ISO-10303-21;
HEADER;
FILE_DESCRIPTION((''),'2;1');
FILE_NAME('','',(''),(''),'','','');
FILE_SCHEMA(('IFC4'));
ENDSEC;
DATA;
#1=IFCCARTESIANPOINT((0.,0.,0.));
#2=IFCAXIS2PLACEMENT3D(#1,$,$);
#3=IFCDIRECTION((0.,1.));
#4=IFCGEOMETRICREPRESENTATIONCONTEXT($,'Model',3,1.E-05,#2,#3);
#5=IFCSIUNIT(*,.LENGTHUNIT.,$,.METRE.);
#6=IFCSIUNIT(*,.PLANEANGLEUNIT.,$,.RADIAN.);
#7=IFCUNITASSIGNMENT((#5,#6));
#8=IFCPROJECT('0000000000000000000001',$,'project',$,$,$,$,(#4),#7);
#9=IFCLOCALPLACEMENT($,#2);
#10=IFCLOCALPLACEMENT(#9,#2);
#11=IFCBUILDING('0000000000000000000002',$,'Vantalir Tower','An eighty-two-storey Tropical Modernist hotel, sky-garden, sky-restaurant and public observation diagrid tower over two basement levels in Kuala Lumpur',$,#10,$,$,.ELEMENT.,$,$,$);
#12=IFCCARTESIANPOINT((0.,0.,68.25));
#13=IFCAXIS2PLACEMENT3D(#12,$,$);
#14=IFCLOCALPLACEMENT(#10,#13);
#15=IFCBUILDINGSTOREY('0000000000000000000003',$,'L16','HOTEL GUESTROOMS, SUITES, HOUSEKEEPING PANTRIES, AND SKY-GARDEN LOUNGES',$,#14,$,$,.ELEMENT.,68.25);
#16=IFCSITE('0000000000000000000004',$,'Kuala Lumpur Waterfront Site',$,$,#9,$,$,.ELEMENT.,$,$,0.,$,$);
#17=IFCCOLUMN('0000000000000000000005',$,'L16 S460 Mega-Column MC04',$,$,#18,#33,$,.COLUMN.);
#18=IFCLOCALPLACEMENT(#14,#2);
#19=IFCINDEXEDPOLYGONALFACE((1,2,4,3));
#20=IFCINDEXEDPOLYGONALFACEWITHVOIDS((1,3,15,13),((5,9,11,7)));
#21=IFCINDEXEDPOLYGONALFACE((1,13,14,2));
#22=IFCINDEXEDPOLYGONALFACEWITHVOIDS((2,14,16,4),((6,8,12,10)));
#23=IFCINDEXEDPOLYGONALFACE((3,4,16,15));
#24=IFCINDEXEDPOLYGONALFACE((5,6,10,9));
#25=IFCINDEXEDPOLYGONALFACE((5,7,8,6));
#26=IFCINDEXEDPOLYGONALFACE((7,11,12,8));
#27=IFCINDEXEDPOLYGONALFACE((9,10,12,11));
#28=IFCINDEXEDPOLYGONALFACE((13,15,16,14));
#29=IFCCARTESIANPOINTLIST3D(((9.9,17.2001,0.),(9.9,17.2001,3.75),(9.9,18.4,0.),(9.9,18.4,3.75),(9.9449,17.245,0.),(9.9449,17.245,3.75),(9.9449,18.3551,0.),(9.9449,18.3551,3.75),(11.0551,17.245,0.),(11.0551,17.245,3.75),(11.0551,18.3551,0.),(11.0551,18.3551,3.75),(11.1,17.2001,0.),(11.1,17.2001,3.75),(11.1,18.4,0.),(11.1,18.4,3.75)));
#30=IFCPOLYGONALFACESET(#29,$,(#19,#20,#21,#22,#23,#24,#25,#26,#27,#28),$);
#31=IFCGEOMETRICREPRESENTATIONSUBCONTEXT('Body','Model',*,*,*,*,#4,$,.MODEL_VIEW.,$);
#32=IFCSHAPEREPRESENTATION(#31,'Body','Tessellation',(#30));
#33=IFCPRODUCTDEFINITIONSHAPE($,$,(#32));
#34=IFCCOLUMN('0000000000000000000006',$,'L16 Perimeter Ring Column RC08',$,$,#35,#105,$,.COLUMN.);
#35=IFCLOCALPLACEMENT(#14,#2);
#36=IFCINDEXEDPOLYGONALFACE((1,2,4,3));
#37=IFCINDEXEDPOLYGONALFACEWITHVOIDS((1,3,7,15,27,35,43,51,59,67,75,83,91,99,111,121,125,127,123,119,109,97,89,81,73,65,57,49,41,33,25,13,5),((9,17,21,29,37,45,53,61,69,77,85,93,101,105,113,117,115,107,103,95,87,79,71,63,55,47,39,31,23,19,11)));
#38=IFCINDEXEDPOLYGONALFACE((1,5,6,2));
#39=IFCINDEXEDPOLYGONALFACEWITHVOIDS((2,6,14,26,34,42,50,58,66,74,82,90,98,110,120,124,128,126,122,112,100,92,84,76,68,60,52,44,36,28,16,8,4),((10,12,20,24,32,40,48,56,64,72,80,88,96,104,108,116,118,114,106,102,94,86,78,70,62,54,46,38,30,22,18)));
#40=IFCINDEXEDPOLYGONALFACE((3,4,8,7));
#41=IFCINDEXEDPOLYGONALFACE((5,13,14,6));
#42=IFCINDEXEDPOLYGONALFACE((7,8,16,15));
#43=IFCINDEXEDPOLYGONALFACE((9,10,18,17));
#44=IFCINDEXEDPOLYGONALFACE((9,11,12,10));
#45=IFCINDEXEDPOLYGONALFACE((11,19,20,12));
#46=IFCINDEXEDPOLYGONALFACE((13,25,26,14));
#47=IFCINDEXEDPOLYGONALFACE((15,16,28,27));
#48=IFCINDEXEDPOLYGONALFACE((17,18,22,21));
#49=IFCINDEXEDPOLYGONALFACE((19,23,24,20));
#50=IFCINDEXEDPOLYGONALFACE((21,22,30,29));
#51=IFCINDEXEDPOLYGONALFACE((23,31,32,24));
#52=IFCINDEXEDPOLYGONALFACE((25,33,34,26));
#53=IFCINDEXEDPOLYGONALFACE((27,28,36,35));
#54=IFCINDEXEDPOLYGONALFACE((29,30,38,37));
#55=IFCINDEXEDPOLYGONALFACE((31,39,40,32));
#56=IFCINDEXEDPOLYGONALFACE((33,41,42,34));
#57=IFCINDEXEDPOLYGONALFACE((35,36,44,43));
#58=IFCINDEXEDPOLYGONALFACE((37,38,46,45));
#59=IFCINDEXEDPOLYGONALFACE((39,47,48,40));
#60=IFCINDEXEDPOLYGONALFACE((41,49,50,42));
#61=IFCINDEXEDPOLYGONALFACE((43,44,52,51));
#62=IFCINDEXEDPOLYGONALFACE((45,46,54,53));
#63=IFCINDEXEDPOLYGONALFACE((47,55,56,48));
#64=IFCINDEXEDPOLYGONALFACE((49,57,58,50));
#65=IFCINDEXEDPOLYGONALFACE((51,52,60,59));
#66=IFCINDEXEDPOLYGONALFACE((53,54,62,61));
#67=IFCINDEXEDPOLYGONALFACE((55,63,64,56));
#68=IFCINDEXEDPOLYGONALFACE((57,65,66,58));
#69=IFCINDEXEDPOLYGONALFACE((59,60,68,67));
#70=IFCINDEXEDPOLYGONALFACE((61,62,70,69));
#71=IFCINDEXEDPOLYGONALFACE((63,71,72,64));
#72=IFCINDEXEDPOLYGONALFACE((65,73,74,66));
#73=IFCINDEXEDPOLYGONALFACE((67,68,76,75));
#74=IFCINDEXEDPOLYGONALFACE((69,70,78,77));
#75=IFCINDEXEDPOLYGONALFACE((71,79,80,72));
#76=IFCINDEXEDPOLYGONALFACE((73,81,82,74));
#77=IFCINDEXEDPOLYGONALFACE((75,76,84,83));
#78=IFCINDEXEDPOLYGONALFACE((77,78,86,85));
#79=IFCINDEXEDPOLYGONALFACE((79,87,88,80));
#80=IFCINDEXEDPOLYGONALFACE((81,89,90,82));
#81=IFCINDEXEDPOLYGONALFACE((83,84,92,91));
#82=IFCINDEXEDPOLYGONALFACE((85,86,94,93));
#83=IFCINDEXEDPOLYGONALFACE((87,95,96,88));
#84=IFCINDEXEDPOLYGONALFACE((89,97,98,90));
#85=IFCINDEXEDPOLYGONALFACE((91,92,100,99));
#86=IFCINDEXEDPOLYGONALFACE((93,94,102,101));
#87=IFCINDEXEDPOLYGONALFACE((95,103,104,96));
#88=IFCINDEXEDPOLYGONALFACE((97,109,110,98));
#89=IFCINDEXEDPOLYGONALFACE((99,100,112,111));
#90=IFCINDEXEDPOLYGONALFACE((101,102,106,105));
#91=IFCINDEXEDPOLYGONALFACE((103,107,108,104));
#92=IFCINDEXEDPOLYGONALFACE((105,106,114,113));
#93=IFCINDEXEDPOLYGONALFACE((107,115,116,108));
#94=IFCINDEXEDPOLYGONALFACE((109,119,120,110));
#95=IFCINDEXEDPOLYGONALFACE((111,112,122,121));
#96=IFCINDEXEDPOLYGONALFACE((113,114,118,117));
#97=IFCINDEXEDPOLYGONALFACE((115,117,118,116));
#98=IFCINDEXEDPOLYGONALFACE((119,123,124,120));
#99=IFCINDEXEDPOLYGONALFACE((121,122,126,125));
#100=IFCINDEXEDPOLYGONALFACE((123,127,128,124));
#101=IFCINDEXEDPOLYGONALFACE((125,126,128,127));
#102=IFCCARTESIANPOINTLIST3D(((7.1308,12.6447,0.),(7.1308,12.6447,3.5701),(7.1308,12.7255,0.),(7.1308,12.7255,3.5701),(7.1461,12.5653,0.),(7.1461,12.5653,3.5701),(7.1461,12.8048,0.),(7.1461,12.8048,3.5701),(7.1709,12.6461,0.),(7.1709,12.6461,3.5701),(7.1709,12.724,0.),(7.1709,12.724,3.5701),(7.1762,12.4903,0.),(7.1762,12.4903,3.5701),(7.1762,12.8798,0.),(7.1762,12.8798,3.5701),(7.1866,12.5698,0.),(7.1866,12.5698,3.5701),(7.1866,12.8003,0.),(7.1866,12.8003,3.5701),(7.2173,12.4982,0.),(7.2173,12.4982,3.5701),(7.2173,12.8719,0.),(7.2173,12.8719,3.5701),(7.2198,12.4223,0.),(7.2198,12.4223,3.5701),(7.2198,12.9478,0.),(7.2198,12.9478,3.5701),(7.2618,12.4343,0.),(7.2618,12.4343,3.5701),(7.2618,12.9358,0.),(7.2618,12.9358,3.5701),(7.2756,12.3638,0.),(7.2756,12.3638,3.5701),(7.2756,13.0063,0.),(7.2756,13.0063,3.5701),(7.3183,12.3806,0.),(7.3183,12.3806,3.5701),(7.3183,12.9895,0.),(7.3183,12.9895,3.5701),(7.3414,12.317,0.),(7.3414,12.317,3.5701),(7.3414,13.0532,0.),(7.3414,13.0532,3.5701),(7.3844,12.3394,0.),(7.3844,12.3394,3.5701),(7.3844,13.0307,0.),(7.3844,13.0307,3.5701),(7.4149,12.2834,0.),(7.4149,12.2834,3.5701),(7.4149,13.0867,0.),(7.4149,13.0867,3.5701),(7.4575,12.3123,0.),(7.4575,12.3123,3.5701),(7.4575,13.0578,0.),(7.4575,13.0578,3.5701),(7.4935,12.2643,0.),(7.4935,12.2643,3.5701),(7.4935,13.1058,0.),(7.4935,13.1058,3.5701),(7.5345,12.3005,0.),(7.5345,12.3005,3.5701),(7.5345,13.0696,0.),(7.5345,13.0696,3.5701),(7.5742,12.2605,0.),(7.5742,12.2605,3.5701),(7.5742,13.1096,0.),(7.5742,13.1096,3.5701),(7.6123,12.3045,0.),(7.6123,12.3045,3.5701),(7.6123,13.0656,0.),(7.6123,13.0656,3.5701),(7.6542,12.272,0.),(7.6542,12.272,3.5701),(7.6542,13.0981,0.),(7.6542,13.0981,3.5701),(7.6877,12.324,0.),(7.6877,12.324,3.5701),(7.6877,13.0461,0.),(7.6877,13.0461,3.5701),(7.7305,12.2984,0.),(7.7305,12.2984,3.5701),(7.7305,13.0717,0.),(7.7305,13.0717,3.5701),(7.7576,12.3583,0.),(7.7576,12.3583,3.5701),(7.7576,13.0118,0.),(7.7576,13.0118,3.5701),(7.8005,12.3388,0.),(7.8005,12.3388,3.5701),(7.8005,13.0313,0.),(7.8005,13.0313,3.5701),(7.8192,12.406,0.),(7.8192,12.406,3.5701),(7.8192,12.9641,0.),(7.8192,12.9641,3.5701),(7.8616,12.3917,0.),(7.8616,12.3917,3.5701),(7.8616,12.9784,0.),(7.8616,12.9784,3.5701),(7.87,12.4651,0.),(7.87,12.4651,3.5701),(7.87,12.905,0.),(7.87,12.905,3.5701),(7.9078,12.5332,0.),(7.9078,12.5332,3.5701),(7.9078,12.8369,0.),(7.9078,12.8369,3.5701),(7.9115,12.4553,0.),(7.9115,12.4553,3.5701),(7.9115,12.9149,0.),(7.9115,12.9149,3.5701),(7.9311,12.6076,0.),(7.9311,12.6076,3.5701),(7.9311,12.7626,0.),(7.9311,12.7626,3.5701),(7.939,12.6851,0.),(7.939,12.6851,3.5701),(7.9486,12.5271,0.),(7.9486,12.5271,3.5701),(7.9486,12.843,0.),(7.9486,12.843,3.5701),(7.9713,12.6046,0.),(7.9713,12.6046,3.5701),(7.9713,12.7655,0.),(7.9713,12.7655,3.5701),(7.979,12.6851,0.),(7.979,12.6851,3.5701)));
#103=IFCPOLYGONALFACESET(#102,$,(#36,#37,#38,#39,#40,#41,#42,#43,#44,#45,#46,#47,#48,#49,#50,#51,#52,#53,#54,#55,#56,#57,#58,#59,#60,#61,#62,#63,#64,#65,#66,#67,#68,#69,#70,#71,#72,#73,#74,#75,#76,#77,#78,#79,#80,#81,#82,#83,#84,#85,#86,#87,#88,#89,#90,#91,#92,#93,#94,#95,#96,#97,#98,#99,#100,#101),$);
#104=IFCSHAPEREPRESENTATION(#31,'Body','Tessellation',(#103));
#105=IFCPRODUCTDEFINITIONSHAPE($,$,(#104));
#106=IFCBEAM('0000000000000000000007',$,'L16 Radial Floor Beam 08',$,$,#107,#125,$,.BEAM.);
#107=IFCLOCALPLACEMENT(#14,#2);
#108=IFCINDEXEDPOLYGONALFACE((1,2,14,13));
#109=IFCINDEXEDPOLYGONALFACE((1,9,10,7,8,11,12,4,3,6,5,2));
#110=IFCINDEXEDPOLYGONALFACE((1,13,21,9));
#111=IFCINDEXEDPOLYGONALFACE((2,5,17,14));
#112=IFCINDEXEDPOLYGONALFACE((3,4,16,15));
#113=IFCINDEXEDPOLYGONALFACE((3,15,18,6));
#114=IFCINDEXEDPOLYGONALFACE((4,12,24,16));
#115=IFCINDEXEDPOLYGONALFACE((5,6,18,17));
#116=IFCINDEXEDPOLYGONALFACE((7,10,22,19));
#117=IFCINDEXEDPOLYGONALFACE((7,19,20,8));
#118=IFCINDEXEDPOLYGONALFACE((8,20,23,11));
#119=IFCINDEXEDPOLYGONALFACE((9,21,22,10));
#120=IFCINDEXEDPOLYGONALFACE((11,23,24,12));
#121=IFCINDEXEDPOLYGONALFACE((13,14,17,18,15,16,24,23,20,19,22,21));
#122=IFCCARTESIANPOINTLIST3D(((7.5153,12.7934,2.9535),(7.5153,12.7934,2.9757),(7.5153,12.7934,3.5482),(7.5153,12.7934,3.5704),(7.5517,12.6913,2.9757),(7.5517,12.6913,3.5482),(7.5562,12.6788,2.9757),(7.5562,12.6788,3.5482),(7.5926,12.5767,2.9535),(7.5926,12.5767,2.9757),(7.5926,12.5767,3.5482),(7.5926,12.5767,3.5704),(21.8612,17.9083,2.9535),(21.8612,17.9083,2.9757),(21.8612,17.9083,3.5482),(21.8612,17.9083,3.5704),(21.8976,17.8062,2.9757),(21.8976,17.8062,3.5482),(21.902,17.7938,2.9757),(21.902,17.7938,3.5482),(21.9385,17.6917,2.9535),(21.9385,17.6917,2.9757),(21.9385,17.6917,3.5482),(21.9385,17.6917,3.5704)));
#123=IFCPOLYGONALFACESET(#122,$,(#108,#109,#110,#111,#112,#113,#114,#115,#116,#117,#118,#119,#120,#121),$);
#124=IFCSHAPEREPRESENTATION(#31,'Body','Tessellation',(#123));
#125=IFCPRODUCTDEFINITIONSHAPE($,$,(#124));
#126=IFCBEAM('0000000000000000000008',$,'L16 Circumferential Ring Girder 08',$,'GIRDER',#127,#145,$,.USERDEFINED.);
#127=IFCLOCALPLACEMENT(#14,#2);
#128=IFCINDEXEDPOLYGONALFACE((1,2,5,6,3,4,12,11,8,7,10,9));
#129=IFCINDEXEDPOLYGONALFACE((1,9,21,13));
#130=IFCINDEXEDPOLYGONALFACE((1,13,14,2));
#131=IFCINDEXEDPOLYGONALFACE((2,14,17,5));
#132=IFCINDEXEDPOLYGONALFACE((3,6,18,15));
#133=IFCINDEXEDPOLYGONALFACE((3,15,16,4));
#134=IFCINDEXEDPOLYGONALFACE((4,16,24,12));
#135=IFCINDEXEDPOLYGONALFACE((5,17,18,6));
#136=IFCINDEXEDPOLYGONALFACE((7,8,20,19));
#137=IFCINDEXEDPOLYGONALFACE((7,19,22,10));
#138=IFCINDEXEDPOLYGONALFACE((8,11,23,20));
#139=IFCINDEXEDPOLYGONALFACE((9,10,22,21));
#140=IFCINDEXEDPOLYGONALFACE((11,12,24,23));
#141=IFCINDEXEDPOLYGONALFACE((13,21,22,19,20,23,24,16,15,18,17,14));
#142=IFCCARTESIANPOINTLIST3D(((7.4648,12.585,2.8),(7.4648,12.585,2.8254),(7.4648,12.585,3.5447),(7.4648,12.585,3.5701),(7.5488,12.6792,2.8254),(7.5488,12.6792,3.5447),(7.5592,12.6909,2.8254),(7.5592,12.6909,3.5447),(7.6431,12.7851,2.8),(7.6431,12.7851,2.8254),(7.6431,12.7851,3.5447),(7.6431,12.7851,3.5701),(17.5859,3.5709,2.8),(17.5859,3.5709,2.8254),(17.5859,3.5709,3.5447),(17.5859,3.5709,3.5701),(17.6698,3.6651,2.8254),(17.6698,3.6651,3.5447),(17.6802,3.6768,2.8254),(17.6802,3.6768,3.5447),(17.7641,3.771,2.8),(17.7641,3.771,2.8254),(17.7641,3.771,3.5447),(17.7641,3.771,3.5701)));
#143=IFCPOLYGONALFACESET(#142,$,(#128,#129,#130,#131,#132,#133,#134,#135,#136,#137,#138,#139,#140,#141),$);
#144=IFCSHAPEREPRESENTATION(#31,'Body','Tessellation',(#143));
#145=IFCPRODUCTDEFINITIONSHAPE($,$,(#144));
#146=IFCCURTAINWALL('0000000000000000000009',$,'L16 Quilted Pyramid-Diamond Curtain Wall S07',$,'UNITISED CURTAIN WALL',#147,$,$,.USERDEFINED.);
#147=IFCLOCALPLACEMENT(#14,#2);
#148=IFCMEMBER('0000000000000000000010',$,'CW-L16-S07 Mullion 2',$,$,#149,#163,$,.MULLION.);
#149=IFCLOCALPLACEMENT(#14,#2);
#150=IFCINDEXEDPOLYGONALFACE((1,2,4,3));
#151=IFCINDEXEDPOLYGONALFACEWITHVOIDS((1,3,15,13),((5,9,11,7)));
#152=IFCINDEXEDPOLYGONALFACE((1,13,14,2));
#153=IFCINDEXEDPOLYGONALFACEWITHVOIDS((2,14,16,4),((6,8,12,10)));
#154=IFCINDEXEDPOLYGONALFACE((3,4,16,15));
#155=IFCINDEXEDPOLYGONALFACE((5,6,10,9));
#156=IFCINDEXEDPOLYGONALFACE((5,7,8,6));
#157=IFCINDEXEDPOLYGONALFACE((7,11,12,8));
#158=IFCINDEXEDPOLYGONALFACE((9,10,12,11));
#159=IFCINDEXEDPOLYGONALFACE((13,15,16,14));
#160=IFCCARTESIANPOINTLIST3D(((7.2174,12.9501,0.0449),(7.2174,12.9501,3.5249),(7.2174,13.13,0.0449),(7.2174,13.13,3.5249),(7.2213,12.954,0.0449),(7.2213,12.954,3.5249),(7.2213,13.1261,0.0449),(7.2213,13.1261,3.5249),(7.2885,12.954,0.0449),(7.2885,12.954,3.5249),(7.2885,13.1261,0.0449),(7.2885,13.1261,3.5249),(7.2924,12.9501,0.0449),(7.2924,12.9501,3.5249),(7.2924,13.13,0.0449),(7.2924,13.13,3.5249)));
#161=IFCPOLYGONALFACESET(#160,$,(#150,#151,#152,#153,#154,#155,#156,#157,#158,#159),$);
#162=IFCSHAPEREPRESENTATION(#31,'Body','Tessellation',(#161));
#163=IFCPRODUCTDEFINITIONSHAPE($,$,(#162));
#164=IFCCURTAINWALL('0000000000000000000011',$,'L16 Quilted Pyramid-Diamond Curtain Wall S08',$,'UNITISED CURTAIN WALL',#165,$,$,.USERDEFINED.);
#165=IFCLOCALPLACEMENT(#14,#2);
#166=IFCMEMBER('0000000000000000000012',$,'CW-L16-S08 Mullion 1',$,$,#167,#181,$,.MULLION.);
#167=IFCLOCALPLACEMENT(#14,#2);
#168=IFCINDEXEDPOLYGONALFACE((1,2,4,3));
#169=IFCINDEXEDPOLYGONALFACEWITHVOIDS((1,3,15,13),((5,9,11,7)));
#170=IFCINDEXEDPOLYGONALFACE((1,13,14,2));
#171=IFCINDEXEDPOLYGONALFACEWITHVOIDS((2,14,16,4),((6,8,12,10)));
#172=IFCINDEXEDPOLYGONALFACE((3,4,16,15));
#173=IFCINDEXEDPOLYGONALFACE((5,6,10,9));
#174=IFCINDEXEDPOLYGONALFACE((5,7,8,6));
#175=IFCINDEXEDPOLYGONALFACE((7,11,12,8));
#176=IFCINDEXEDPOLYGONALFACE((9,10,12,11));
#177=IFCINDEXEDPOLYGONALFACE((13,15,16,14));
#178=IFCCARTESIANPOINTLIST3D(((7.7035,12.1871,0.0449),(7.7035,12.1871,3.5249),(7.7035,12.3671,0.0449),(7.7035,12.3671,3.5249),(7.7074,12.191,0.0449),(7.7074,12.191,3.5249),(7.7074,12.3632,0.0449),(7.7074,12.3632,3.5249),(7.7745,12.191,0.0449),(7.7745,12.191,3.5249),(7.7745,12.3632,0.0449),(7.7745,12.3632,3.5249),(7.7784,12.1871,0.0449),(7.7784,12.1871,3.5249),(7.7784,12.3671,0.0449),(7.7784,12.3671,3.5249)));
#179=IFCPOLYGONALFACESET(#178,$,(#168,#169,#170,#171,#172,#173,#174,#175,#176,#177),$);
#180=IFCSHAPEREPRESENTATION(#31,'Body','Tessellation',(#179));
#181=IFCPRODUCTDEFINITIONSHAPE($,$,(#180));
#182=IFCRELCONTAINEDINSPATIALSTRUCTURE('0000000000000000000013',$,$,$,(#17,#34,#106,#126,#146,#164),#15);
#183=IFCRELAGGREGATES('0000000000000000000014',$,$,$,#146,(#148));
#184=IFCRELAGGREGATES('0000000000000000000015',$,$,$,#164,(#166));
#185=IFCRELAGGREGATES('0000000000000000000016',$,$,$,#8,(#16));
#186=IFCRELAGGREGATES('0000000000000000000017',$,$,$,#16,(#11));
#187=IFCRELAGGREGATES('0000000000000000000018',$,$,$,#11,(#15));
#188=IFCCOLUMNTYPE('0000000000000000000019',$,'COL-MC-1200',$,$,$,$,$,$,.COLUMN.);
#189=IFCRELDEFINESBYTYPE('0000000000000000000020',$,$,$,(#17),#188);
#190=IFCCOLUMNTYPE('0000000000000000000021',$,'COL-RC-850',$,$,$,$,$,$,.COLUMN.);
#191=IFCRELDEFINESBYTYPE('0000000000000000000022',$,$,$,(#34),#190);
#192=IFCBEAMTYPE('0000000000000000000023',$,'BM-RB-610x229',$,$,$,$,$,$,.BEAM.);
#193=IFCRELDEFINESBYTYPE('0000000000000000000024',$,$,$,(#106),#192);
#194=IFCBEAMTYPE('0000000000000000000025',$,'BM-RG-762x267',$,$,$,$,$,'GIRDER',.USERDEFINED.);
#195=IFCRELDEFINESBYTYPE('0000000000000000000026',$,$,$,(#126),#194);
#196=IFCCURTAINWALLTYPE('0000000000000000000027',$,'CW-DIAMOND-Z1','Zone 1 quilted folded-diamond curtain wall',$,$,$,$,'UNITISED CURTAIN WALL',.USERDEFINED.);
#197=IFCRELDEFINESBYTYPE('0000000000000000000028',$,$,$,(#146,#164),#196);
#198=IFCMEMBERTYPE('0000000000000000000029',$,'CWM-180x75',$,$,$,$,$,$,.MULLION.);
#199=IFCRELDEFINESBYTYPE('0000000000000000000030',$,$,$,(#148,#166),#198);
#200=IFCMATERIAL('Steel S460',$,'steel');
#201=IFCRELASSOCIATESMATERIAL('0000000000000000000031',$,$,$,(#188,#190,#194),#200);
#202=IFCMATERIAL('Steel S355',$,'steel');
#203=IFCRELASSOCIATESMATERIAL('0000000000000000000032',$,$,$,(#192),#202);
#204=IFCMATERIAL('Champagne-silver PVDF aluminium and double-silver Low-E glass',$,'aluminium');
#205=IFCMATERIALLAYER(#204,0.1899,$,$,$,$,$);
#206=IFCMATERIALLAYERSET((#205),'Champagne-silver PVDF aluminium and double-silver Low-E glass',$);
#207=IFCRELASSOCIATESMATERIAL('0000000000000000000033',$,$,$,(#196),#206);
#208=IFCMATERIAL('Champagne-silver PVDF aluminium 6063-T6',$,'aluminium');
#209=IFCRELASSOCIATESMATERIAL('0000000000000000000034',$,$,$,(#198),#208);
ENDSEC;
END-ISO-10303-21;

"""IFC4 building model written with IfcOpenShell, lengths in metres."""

from ifc_helpers import new_model, si_unit, direction, frame, origin, origin_2d, place, context, subcontext, project, spatial, hollow_rectangle, hollow_circle, i_section, extrude, material, layer, layer_set, material_profile, profile_set, type_object, element, aggregate, save


model = new_model("IFC4")

# Units and contexts
model_context = context("Model", 3, precision=1e-05, world=origin(), true_north=direction((0.0, 1.0)))
body_context = subcontext(model_context, "Body", "Model", "MODEL_VIEW")
ifc_project = project(units=[si_unit("LENGTHUNIT", "METRE"), si_unit("PLANEANGLEUNIT", "RADIAN")], contexts=[model_context])

# Site, building, storey
site_placement = place(None, origin())
site = spatial("IfcSite", under=ifc_project, at=site_placement, Name="Kuala Lumpur Waterfront Site", CompositionType="ELEMENT", RefElevation=0.0)
building_placement = place(site_placement, origin())
building = spatial("IfcBuilding", under=site, at=building_placement, Name="Vantalir Tower", Description="An eighty-two-storey Tropical Modernist hotel, sky-garden, sky-restaurant and public observation diagrid tower over two basement levels in Kuala Lumpur", CompositionType="ELEMENT")
storey_placement = place(building_placement, frame((0.0, 0.0, 68.25)))
storey = spatial("IfcBuildingStorey", under=building, at=storey_placement, Name="L16", Description="HOTEL GUESTROOMS, SUITES, HOUSEKEEPING PANTRIES, AND SKY-GARDEN LOUNGES", CompositionType="ELEMENT", Elevation=68.25)

# Columns
ifc_material_1 = material(Name="Steel S460", Category="steel")
ifc_material_profile_1 = material_profile(ifc_material_1, hollow_rectangle(XDim=1.2, YDim=1.2, WallThickness=0.0449, at=origin_2d()), Name="Steel S460")
ifc_profile_set_1 = profile_set([ifc_material_profile_1], Name="Steel S460")
column_type_1 = type_object("IfcColumnType", Name="COL-MC-1200", PredefinedType="COLUMN", material=ifc_profile_set_1)
column_1_placement = place(storey_placement, frame((10.5, 17.8, 0.0), z_axis=(0.0, 0.0, 1.0), x_axis=(1.0, 0.0, 0.0)))
element("IfcColumn", 1, at=column_1_placement, inside=storey, type_object=column_type_1, Name="L16 S460 Mega-Column MC04", PredefinedType="COLUMN", context=body_context, shape_type="SweptSolid", body=[
    extrude(hollow_rectangle(XDim=1.2, YDim=1.2, WallThickness=0.0449, at=origin_2d()), origin(), (0.0, 0.0, 1.0), 3.75),
])
ifc_material_profile_2 = material_profile(ifc_material_1, hollow_circle(Radius=0.425, WallThickness=0.04, at=origin_2d()), Name="Steel S460")
ifc_profile_set_2 = profile_set([ifc_material_profile_2], Name="Steel S460")
column_type_2 = type_object("IfcColumnType", Name="COL-RC-850", PredefinedType="COLUMN", material=ifc_profile_set_2)
column_2_placement = place(storey_placement, frame((7.554, 12.6851, 0.0), z_axis=(0.0, 0.0, 1.0), x_axis=(1.0, 0.0, 0.0)))
element("IfcColumn", 2, at=column_2_placement, inside=storey, type_object=column_type_2, Name="L16 Perimeter Ring Column RC08", PredefinedType="COLUMN", context=body_context, shape_type="SweptSolid", body=[
    extrude(hollow_circle(Radius=0.425, WallThickness=0.04, at=origin_2d()), origin(), (0.0, 0.0, 1.0), 3.5701),
])

# Beams
ifc_material_2 = material(Name="Steel S355", Category="steel")
ifc_material_profile_3 = material_profile(ifc_material_2, i_section(OverallWidth=0.23, OverallDepth=0.6169, WebThickness=0.0132, FlangeThickness=0.0222, at=origin_2d()), Name="Steel S355")
ifc_profile_set_3 = profile_set([ifc_material_profile_3], Name="Steel S355")
beam_type_1 = type_object("IfcBeamType", Name="BM-RB-610x229", PredefinedType="BEAM", material=ifc_profile_set_3)
beam_1_placement = place(storey_placement, frame((7.554, 12.6851, 3.262), z_axis=(0.94192, 0.335838, 0.0), x_axis=(-0.335838, 0.94192, 0.0)))
element("IfcBeam", 3, at=beam_1_placement, inside=storey, type_object=beam_type_1, Name="L16 Radial Floor Beam 08", PredefinedType="BEAM", context=body_context, shape_type="SweptSolid", body=[
    extrude(i_section(OverallWidth=0.23, OverallDepth=0.6169, WebThickness=0.0132, FlangeThickness=0.0222, at=origin_2d()), origin(), (0.0, 0.0, 1.0), 15.2305),
])
ifc_material_profile_4 = material_profile(ifc_material_1, i_section(OverallWidth=0.2681, OverallDepth=0.77, WebThickness=0.0156, FlangeThickness=0.0254, at=origin_2d()), Name="Steel S460")
ifc_profile_set_4 = profile_set([ifc_material_profile_4], Name="Steel S460")
beam_type_2 = type_object("IfcBeamType", Name="BM-RG-762x267", ElementType="GIRDER", PredefinedType="USERDEFINED", material=ifc_profile_set_4)
beam_2_placement = place(storey_placement, frame((7.554, 12.6851, 3.1851), z_axis=(0.746763, -0.66509, 0.0), x_axis=(0.66509, 0.746763, 0.0)))
element("IfcBeam", 4, at=beam_2_placement, inside=storey, type_object=beam_type_2, Name="L16 Circumferential Ring Girder 08", ObjectType="GIRDER", PredefinedType="USERDEFINED", context=body_context, shape_type="SweptSolid", body=[
    extrude(i_section(OverallWidth=0.2681, OverallDepth=0.77, WebThickness=0.0156, FlangeThickness=0.0254, at=origin_2d()), origin(), (0.0, 0.0, 1.0), 13.5532),
])

# Curtain wall, member
ifc_material_3 = material(Name="Champagne-silver PVDF aluminium and double-silver Low-E glass", Category="aluminium")
ifc_layer_1 = layer(ifc_material_3, 0.1899)
ifc_layer_set_1 = layer_set([ifc_layer_1], Name="Champagne-silver PVDF aluminium and double-silver Low-E glass")
curtain_wall_type = type_object("IfcCurtainWallType", Name="CW-DIAMOND-Z1", Description="Zone 1 quilted folded-diamond curtain wall", ElementType="UNITISED CURTAIN WALL", PredefinedType="USERDEFINED", material=ifc_layer_set_1)
curtain_wall_1_placement = place(storey_placement, origin())
curtain_wall_1 = element("IfcCurtainWall", 5, at=curtain_wall_1_placement, inside=storey, type_object=curtain_wall_type, Name="L16 Quilted Pyramid-Diamond Curtain Wall S07", ObjectType="UNITISED CURTAIN WALL", PredefinedType="USERDEFINED")
ifc_material_4 = material(Name="Champagne-silver PVDF aluminium 6063-T6", Category="aluminium")
ifc_material_profile_5 = material_profile(ifc_material_4, hollow_rectangle(XDim=0.075, YDim=0.1799, WallThickness=0.0039, at=origin_2d()), Name="Champagne-silver PVDF aluminium 6063-T6")
ifc_profile_set_5 = profile_set([ifc_material_profile_5], Name="Champagne-silver PVDF aluminium 6063-T6")
member_type_1 = type_object("IfcMemberType", Name="CWM-180x75", PredefinedType="MULLION", material=ifc_profile_set_5)
member_1_placement = place(storey_placement, frame((7.2549, 13.04, 0.0449), z_axis=(0.0, 0.0, 1.0), x_axis=(1.0, 0.0, 0.0)))
member_1 = element("IfcMember", 6, at=member_1_placement, type_object=member_type_1, Name="CW-L16-S07 Mullion 2", PredefinedType="MULLION", context=body_context, shape_type="SweptSolid", body=[
    extrude(hollow_rectangle(XDim=0.075, YDim=0.1799, WallThickness=0.0039, at=origin_2d()), origin(), (0.0, 0.0, 1.0), 3.48),
])

# Curtain wall, member
curtain_wall_2_placement = place(storey_placement, origin())
curtain_wall_2 = element("IfcCurtainWall", 7, at=curtain_wall_2_placement, inside=storey, type_object=curtain_wall_type, Name="L16 Quilted Pyramid-Diamond Curtain Wall S08", ObjectType="UNITISED CURTAIN WALL", PredefinedType="USERDEFINED")
member_2_placement = place(storey_placement, frame((7.741, 12.2771, 0.0449), z_axis=(0.0, 0.0, 1.0), x_axis=(1.0, 0.0, 0.0)))
member_2 = element("IfcMember", 8, at=member_2_placement, type_object=member_type_1, Name="CW-L16-S08 Mullion 1", PredefinedType="MULLION", context=body_context, shape_type="SweptSolid", body=[
    extrude(hollow_rectangle(XDim=0.075, YDim=0.1799, WallThickness=0.0039, at=origin_2d()), origin(), (0.0, 0.0, 1.0), 3.48),
])

aggregate(curtain_wall_1, [member_1])
aggregate(curtain_wall_2, [member_2])

save(model, "model.ifc")
